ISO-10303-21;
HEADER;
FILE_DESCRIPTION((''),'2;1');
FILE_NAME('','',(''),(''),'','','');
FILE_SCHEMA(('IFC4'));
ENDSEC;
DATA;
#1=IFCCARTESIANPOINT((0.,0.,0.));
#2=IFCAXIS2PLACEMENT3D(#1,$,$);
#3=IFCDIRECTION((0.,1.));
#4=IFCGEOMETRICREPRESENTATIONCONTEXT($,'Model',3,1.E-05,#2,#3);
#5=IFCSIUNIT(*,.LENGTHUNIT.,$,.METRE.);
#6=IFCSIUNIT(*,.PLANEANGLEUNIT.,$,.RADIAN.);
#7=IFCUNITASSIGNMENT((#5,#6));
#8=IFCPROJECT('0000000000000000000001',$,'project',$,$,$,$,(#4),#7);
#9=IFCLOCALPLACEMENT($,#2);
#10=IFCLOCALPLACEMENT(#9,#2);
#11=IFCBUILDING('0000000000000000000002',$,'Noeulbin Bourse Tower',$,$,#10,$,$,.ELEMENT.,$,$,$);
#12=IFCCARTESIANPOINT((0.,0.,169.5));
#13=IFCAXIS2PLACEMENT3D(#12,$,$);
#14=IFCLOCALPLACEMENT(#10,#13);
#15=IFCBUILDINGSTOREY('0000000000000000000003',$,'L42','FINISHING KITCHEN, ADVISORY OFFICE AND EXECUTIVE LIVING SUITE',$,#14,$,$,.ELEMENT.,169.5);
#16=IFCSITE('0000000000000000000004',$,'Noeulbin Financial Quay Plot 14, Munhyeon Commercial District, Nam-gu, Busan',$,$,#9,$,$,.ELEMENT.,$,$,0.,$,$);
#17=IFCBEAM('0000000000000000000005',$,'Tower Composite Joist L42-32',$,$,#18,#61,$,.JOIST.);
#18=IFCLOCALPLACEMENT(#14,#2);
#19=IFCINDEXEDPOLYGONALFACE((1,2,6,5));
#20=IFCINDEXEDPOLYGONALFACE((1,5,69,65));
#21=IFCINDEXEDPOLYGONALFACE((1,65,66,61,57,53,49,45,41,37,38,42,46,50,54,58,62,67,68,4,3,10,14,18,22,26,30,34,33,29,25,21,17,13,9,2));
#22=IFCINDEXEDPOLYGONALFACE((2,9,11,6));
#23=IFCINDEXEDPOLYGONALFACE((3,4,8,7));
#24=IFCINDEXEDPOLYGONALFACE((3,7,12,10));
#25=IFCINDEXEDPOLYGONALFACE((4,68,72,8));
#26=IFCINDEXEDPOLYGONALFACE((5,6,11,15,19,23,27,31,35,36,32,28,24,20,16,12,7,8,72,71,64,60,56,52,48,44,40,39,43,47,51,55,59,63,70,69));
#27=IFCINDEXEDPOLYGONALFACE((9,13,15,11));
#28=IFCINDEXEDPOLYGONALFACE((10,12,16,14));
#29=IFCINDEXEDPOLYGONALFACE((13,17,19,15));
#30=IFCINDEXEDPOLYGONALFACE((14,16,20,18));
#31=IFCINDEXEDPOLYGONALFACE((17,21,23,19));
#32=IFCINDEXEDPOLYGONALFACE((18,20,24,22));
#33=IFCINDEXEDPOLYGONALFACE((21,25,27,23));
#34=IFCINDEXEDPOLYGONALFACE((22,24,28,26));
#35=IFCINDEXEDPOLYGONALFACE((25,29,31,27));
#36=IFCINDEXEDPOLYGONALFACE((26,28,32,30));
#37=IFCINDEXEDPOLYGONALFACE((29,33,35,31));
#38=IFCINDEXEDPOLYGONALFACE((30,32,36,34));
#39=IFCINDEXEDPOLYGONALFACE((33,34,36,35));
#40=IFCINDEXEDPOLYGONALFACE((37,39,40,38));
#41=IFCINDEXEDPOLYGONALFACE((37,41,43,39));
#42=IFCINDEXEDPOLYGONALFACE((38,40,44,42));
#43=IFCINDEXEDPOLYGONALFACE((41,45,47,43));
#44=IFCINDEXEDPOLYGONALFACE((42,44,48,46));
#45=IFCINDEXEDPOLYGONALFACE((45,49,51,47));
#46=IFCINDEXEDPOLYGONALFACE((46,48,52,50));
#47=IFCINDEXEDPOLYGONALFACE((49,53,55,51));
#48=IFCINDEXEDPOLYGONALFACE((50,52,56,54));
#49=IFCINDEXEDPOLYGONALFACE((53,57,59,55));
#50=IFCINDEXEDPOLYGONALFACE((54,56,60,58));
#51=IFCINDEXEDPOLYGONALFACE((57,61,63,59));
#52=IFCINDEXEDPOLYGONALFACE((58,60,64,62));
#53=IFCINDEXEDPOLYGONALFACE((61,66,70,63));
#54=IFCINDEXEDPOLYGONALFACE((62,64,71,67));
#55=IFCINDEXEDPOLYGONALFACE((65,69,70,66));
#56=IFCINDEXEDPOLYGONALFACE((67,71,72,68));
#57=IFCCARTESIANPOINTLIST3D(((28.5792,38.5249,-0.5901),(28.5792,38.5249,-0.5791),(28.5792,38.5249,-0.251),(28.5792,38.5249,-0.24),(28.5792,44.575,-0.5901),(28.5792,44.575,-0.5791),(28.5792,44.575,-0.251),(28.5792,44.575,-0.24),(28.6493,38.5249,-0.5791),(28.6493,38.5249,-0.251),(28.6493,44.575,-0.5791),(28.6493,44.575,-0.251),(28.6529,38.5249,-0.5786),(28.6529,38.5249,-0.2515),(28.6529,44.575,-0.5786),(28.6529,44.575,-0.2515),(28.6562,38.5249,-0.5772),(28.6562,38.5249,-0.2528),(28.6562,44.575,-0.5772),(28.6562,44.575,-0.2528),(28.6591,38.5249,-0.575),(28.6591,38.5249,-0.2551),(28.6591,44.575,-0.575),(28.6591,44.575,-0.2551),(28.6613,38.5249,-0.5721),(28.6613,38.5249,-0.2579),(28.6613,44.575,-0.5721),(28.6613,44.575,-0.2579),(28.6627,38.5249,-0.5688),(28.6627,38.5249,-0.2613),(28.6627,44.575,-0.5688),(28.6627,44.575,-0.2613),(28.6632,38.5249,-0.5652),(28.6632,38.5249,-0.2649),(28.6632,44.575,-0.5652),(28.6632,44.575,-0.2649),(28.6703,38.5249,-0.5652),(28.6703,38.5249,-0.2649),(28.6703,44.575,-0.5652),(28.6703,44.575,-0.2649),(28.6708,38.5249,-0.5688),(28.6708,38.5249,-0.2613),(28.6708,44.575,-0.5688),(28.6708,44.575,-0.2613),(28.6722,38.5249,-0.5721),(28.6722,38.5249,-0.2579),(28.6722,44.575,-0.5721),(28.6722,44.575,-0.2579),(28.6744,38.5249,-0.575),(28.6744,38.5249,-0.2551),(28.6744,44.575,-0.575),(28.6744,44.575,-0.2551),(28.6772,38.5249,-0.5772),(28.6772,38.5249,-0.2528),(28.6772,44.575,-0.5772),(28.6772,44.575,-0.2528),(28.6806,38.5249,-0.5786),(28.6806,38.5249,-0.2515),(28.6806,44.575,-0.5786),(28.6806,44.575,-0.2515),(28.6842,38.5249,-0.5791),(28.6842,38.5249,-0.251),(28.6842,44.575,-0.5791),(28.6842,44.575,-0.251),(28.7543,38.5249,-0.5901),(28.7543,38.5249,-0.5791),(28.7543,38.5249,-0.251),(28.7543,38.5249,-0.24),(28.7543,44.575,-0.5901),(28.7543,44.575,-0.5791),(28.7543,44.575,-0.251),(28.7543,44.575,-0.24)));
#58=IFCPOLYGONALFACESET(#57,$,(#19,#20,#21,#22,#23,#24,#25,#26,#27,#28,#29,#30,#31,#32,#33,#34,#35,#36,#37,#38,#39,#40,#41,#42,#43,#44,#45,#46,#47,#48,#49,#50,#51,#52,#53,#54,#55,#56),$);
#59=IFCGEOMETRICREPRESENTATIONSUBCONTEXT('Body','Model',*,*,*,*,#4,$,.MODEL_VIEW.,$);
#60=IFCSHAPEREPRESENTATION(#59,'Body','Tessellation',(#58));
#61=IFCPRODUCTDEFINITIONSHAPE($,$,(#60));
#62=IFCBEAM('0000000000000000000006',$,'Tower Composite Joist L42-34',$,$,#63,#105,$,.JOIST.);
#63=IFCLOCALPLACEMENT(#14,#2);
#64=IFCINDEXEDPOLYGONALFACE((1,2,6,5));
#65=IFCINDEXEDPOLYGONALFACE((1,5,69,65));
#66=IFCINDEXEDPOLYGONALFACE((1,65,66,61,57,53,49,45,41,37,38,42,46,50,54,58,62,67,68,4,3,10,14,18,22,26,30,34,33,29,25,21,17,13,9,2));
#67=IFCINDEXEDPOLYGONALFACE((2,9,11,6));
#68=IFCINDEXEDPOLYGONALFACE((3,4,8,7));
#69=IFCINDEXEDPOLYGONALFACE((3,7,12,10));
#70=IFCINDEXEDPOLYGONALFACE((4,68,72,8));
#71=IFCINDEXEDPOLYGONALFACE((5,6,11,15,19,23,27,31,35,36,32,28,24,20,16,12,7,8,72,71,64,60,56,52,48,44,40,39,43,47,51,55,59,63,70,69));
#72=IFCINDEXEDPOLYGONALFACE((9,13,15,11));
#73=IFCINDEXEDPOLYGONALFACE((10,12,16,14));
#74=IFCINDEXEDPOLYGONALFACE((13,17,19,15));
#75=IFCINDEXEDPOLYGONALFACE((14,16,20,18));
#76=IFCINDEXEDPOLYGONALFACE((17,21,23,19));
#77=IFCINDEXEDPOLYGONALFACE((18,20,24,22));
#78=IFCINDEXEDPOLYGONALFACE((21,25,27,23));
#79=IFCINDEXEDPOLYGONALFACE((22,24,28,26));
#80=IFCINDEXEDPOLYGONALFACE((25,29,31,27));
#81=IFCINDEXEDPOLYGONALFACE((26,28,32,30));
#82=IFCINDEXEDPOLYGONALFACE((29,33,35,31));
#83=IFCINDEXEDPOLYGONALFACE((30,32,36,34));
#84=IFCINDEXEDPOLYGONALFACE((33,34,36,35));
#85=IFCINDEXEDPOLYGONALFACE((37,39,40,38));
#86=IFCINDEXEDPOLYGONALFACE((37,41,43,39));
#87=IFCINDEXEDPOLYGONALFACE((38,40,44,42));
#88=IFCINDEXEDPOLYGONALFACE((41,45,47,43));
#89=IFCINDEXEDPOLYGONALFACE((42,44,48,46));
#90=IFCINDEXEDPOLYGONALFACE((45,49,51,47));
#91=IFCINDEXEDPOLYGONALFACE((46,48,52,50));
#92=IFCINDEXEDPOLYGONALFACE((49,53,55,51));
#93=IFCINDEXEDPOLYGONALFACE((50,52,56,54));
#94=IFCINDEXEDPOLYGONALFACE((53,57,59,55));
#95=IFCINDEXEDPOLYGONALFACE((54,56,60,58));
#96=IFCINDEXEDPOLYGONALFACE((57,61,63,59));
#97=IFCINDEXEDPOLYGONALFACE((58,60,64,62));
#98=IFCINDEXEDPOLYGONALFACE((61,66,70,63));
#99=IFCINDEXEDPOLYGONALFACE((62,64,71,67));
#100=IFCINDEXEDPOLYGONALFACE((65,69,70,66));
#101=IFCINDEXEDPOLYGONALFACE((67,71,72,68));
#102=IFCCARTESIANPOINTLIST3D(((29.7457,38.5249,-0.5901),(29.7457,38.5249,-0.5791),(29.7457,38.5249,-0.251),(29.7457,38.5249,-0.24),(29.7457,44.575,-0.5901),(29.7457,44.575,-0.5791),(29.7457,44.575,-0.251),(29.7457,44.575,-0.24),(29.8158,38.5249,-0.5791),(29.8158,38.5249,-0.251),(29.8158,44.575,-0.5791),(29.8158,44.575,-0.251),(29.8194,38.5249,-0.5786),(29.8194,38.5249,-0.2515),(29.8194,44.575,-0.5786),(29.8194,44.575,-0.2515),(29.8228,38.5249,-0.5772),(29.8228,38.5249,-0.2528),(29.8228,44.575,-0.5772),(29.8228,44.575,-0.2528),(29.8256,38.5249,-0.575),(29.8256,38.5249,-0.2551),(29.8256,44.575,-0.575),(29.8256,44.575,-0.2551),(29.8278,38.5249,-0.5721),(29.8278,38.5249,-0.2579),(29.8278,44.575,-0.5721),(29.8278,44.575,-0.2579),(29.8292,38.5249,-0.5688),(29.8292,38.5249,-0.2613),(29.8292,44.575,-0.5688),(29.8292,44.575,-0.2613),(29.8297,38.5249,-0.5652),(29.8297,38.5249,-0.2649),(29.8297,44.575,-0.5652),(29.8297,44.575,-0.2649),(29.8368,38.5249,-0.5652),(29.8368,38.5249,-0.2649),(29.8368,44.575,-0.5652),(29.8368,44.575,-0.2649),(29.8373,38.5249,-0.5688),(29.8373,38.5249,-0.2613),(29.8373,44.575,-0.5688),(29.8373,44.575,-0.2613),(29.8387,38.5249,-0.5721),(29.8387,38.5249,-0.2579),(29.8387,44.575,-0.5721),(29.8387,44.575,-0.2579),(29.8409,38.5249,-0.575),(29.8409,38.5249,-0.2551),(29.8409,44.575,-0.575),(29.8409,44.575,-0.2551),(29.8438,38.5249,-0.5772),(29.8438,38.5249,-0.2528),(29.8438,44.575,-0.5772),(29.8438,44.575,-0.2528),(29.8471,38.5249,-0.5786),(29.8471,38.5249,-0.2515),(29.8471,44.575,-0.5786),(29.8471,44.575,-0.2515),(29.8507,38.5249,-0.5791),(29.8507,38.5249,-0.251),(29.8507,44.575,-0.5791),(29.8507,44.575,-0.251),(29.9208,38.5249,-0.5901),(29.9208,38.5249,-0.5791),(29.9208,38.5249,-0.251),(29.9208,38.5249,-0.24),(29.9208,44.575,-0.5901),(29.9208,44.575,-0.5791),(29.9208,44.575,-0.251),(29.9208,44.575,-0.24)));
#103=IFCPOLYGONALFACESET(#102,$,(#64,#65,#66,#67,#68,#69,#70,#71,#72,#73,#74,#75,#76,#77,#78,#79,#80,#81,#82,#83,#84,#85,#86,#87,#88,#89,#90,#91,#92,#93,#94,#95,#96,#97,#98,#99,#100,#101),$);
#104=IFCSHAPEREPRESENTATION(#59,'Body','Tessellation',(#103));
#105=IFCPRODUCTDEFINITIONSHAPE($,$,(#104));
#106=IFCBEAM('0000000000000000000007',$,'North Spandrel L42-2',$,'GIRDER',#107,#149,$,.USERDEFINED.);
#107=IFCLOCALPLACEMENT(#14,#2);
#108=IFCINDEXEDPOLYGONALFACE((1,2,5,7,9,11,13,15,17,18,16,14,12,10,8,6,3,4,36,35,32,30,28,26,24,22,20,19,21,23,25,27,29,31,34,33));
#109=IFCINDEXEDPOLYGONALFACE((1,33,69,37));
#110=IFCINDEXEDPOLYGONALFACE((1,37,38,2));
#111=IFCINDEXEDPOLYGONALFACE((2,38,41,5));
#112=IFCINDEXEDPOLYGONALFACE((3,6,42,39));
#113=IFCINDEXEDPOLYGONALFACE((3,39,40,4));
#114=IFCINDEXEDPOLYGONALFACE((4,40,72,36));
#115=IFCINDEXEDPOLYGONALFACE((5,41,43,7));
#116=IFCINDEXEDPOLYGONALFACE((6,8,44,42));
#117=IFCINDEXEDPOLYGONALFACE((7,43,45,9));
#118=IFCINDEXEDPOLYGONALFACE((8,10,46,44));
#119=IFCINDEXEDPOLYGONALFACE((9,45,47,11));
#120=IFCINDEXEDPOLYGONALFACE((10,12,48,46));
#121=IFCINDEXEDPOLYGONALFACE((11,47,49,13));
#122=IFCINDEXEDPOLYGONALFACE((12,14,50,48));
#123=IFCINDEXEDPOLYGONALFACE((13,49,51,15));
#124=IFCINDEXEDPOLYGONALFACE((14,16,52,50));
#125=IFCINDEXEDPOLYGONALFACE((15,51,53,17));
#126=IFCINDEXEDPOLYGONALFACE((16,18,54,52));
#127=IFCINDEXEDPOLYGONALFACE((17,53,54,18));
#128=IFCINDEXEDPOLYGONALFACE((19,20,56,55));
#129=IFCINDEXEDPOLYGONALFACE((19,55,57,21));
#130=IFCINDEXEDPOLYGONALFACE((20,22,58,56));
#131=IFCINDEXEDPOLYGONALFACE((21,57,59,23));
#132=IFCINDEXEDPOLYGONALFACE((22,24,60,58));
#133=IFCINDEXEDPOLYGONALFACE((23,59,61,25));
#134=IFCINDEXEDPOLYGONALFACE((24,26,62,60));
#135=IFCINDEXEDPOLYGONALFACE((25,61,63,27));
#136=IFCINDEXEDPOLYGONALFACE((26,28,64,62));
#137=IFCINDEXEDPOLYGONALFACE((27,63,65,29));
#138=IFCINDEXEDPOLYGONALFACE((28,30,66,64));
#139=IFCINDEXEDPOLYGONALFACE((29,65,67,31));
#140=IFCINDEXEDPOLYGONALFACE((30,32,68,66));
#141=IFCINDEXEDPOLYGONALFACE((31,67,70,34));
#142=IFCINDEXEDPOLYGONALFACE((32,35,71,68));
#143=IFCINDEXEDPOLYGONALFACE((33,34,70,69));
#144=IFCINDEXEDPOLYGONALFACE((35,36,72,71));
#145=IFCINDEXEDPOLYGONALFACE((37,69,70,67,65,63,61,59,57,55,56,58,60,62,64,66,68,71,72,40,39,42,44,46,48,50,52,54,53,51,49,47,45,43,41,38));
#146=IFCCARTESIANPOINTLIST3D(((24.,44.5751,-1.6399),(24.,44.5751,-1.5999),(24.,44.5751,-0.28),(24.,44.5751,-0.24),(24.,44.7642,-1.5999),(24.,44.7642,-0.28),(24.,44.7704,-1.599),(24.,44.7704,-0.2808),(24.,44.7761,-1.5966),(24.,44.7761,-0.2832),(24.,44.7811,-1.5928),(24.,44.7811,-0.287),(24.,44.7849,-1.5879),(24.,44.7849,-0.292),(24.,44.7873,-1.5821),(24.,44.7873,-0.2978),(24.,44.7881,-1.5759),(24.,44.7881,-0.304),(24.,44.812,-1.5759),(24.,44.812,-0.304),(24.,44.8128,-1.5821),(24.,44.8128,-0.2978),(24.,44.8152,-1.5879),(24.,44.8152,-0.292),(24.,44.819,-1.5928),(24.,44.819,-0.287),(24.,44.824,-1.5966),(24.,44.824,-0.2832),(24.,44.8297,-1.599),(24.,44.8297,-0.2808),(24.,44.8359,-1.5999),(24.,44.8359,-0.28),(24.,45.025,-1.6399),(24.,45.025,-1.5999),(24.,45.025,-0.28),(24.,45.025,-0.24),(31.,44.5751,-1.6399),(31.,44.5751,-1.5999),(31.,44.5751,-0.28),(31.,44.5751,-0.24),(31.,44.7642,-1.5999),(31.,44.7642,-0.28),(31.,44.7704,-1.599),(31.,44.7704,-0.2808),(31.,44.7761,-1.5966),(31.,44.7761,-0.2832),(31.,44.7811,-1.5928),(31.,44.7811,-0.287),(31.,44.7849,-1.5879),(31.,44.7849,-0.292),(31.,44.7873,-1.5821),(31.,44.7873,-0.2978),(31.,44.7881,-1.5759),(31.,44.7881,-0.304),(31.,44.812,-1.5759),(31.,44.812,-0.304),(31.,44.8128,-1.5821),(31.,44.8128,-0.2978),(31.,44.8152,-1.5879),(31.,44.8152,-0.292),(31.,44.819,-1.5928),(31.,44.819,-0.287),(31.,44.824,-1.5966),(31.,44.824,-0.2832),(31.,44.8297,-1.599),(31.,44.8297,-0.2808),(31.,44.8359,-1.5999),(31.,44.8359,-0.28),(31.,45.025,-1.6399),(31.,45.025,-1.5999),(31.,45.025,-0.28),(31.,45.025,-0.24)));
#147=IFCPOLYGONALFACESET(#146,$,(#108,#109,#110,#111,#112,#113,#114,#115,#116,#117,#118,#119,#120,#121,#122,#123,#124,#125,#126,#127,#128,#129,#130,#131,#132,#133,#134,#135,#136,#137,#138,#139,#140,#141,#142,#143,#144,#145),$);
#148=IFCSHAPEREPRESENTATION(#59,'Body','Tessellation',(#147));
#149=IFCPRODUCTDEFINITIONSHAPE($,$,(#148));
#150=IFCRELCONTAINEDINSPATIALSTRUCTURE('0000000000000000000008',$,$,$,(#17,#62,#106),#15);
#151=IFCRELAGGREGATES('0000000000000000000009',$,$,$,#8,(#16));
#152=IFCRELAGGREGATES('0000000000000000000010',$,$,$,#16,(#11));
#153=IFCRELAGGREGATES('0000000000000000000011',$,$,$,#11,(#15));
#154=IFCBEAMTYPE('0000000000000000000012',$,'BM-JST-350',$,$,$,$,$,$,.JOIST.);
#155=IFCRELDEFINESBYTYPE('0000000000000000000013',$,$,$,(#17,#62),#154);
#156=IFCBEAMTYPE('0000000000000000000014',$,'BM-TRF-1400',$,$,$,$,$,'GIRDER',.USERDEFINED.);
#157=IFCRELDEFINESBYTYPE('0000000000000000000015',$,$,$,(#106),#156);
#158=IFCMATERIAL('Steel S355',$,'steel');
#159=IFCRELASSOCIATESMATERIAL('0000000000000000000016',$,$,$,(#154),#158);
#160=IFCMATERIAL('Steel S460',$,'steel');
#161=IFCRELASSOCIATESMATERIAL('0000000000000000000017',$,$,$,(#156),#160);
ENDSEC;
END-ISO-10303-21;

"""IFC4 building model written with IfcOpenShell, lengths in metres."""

from ifc_helpers import new_model, si_unit, direction, frame, origin, origin_2d, place, context, subcontext, project, spatial, i_section, extrude, material, material_profile, profile_set, type_object, element, save


model = new_model("IFC4")

# Units and contexts
model_context = context("Model", 3, precision=1e-05, world=origin(), true_north=direction((0.0, 1.0)))
body_context = subcontext(model_context, "Body", "Model", "MODEL_VIEW")
ifc_project = project(units=[si_unit("LENGTHUNIT", "METRE"), si_unit("PLANEANGLEUNIT", "RADIAN")], contexts=[model_context])

# Site, building, storey
site_placement = place(None, origin())
site = spatial("IfcSite", under=ifc_project, at=site_placement, Name="Noeulbin Financial Quay Plot 14, Munhyeon Commercial District, Nam-gu, Busan", CompositionType="ELEMENT", RefElevation=0.0)
building_placement = place(site_placement, origin())
building = spatial("IfcBuilding", under=site, at=building_placement, Name="Noeulbin Bourse Tower", CompositionType="ELEMENT")
storey_placement = place(building_placement, frame((0.0, 0.0, 169.5)))
storey = spatial("IfcBuildingStorey", under=building, at=storey_placement, Name="L42", Description="FINISHING KITCHEN, ADVISORY OFFICE AND EXECUTIVE LIVING SUITE", CompositionType="ELEMENT", Elevation=169.5)

# Shared definitions
ifc_material_1 = material(Name="Steel S355", Category="steel")
ifc_material_2 = material(Name="Steel S460", Category="steel")

# Beams
ifc_material_profile_1 = material_profile(ifc_material_1, i_section(OverallWidth=0.175, OverallDepth=0.3501, WebThickness=0.0071, FlangeThickness=0.011, FilletRadius=0.0139, at=origin_2d()), Name="H-350x175x7x11", Category="LoadBearing")
ifc_profile_set_1 = profile_set([ifc_material_profile_1], Name="Steel S355")
beam_type_1 = type_object("IfcBeamType", Name="BM-JST-350", PredefinedType="JOIST", material=ifc_profile_set_1)
for number, where, z_axis, x_axis, name in (
    (1, (28.6667, 38.5249, -0.415), (0.0, 1.0, 0.0), (-1.0, 0.0, 0.0), "Tower Composite Joist L42-32"),
    (2, (29.8333, 38.5249, -0.415), (0.0, 1.0, 0.0), (-1.0, 0.0, 0.0), "Tower Composite Joist L42-34"),
):
    element("IfcBeam", number, at=place(storey_placement, frame(where, z_axis=z_axis, x_axis=x_axis)), inside=storey, type_object=beam_type_1, Name=name, PredefinedType="JOIST", context=body_context, shape_type="SweptSolid", body=[
        extrude(i_section(OverallWidth=0.175, OverallDepth=0.3501, WebThickness=0.0071, FlangeThickness=0.011, FilletRadius=0.0139, at=origin_2d()), origin(), (0.0, 0.0, 1.0), 6.05),
    ])
ifc_material_profile_2 = material_profile(ifc_material_2, i_section(OverallWidth=0.45, OverallDepth=1.3999, WebThickness=0.0239, FlangeThickness=0.04, FilletRadius=0.0239, at=origin_2d()), Name="PG-1400x450x24x40", Category="LoadBearing")
ifc_profile_set_2 = profile_set([ifc_material_profile_2], Name="Steel S460")
beam_type_2 = type_object("IfcBeamType", Name="BM-TRF-1400", ElementType="GIRDER", PredefinedType="USERDEFINED", material=ifc_profile_set_2)
beam_placement = place(storey_placement, frame((24.0, 44.8, -0.9399), z_axis=(1.0, 0.0, 0.0), x_axis=(0.0, 1.0, 0.0)))
element("IfcBeam", 3, at=beam_placement, inside=storey, type_object=beam_type_2, Name="North Spandrel L42-2", ObjectType="GIRDER", PredefinedType="USERDEFINED", context=body_context, shape_type="SweptSolid", body=[
    extrude(i_section(OverallWidth=0.45, OverallDepth=1.3999, WebThickness=0.0239, FlangeThickness=0.04, FilletRadius=0.0239, at=origin_2d()), origin(), (0.0, 0.0, 1.0), 7.0),
])

save(model, "model.ifc")
